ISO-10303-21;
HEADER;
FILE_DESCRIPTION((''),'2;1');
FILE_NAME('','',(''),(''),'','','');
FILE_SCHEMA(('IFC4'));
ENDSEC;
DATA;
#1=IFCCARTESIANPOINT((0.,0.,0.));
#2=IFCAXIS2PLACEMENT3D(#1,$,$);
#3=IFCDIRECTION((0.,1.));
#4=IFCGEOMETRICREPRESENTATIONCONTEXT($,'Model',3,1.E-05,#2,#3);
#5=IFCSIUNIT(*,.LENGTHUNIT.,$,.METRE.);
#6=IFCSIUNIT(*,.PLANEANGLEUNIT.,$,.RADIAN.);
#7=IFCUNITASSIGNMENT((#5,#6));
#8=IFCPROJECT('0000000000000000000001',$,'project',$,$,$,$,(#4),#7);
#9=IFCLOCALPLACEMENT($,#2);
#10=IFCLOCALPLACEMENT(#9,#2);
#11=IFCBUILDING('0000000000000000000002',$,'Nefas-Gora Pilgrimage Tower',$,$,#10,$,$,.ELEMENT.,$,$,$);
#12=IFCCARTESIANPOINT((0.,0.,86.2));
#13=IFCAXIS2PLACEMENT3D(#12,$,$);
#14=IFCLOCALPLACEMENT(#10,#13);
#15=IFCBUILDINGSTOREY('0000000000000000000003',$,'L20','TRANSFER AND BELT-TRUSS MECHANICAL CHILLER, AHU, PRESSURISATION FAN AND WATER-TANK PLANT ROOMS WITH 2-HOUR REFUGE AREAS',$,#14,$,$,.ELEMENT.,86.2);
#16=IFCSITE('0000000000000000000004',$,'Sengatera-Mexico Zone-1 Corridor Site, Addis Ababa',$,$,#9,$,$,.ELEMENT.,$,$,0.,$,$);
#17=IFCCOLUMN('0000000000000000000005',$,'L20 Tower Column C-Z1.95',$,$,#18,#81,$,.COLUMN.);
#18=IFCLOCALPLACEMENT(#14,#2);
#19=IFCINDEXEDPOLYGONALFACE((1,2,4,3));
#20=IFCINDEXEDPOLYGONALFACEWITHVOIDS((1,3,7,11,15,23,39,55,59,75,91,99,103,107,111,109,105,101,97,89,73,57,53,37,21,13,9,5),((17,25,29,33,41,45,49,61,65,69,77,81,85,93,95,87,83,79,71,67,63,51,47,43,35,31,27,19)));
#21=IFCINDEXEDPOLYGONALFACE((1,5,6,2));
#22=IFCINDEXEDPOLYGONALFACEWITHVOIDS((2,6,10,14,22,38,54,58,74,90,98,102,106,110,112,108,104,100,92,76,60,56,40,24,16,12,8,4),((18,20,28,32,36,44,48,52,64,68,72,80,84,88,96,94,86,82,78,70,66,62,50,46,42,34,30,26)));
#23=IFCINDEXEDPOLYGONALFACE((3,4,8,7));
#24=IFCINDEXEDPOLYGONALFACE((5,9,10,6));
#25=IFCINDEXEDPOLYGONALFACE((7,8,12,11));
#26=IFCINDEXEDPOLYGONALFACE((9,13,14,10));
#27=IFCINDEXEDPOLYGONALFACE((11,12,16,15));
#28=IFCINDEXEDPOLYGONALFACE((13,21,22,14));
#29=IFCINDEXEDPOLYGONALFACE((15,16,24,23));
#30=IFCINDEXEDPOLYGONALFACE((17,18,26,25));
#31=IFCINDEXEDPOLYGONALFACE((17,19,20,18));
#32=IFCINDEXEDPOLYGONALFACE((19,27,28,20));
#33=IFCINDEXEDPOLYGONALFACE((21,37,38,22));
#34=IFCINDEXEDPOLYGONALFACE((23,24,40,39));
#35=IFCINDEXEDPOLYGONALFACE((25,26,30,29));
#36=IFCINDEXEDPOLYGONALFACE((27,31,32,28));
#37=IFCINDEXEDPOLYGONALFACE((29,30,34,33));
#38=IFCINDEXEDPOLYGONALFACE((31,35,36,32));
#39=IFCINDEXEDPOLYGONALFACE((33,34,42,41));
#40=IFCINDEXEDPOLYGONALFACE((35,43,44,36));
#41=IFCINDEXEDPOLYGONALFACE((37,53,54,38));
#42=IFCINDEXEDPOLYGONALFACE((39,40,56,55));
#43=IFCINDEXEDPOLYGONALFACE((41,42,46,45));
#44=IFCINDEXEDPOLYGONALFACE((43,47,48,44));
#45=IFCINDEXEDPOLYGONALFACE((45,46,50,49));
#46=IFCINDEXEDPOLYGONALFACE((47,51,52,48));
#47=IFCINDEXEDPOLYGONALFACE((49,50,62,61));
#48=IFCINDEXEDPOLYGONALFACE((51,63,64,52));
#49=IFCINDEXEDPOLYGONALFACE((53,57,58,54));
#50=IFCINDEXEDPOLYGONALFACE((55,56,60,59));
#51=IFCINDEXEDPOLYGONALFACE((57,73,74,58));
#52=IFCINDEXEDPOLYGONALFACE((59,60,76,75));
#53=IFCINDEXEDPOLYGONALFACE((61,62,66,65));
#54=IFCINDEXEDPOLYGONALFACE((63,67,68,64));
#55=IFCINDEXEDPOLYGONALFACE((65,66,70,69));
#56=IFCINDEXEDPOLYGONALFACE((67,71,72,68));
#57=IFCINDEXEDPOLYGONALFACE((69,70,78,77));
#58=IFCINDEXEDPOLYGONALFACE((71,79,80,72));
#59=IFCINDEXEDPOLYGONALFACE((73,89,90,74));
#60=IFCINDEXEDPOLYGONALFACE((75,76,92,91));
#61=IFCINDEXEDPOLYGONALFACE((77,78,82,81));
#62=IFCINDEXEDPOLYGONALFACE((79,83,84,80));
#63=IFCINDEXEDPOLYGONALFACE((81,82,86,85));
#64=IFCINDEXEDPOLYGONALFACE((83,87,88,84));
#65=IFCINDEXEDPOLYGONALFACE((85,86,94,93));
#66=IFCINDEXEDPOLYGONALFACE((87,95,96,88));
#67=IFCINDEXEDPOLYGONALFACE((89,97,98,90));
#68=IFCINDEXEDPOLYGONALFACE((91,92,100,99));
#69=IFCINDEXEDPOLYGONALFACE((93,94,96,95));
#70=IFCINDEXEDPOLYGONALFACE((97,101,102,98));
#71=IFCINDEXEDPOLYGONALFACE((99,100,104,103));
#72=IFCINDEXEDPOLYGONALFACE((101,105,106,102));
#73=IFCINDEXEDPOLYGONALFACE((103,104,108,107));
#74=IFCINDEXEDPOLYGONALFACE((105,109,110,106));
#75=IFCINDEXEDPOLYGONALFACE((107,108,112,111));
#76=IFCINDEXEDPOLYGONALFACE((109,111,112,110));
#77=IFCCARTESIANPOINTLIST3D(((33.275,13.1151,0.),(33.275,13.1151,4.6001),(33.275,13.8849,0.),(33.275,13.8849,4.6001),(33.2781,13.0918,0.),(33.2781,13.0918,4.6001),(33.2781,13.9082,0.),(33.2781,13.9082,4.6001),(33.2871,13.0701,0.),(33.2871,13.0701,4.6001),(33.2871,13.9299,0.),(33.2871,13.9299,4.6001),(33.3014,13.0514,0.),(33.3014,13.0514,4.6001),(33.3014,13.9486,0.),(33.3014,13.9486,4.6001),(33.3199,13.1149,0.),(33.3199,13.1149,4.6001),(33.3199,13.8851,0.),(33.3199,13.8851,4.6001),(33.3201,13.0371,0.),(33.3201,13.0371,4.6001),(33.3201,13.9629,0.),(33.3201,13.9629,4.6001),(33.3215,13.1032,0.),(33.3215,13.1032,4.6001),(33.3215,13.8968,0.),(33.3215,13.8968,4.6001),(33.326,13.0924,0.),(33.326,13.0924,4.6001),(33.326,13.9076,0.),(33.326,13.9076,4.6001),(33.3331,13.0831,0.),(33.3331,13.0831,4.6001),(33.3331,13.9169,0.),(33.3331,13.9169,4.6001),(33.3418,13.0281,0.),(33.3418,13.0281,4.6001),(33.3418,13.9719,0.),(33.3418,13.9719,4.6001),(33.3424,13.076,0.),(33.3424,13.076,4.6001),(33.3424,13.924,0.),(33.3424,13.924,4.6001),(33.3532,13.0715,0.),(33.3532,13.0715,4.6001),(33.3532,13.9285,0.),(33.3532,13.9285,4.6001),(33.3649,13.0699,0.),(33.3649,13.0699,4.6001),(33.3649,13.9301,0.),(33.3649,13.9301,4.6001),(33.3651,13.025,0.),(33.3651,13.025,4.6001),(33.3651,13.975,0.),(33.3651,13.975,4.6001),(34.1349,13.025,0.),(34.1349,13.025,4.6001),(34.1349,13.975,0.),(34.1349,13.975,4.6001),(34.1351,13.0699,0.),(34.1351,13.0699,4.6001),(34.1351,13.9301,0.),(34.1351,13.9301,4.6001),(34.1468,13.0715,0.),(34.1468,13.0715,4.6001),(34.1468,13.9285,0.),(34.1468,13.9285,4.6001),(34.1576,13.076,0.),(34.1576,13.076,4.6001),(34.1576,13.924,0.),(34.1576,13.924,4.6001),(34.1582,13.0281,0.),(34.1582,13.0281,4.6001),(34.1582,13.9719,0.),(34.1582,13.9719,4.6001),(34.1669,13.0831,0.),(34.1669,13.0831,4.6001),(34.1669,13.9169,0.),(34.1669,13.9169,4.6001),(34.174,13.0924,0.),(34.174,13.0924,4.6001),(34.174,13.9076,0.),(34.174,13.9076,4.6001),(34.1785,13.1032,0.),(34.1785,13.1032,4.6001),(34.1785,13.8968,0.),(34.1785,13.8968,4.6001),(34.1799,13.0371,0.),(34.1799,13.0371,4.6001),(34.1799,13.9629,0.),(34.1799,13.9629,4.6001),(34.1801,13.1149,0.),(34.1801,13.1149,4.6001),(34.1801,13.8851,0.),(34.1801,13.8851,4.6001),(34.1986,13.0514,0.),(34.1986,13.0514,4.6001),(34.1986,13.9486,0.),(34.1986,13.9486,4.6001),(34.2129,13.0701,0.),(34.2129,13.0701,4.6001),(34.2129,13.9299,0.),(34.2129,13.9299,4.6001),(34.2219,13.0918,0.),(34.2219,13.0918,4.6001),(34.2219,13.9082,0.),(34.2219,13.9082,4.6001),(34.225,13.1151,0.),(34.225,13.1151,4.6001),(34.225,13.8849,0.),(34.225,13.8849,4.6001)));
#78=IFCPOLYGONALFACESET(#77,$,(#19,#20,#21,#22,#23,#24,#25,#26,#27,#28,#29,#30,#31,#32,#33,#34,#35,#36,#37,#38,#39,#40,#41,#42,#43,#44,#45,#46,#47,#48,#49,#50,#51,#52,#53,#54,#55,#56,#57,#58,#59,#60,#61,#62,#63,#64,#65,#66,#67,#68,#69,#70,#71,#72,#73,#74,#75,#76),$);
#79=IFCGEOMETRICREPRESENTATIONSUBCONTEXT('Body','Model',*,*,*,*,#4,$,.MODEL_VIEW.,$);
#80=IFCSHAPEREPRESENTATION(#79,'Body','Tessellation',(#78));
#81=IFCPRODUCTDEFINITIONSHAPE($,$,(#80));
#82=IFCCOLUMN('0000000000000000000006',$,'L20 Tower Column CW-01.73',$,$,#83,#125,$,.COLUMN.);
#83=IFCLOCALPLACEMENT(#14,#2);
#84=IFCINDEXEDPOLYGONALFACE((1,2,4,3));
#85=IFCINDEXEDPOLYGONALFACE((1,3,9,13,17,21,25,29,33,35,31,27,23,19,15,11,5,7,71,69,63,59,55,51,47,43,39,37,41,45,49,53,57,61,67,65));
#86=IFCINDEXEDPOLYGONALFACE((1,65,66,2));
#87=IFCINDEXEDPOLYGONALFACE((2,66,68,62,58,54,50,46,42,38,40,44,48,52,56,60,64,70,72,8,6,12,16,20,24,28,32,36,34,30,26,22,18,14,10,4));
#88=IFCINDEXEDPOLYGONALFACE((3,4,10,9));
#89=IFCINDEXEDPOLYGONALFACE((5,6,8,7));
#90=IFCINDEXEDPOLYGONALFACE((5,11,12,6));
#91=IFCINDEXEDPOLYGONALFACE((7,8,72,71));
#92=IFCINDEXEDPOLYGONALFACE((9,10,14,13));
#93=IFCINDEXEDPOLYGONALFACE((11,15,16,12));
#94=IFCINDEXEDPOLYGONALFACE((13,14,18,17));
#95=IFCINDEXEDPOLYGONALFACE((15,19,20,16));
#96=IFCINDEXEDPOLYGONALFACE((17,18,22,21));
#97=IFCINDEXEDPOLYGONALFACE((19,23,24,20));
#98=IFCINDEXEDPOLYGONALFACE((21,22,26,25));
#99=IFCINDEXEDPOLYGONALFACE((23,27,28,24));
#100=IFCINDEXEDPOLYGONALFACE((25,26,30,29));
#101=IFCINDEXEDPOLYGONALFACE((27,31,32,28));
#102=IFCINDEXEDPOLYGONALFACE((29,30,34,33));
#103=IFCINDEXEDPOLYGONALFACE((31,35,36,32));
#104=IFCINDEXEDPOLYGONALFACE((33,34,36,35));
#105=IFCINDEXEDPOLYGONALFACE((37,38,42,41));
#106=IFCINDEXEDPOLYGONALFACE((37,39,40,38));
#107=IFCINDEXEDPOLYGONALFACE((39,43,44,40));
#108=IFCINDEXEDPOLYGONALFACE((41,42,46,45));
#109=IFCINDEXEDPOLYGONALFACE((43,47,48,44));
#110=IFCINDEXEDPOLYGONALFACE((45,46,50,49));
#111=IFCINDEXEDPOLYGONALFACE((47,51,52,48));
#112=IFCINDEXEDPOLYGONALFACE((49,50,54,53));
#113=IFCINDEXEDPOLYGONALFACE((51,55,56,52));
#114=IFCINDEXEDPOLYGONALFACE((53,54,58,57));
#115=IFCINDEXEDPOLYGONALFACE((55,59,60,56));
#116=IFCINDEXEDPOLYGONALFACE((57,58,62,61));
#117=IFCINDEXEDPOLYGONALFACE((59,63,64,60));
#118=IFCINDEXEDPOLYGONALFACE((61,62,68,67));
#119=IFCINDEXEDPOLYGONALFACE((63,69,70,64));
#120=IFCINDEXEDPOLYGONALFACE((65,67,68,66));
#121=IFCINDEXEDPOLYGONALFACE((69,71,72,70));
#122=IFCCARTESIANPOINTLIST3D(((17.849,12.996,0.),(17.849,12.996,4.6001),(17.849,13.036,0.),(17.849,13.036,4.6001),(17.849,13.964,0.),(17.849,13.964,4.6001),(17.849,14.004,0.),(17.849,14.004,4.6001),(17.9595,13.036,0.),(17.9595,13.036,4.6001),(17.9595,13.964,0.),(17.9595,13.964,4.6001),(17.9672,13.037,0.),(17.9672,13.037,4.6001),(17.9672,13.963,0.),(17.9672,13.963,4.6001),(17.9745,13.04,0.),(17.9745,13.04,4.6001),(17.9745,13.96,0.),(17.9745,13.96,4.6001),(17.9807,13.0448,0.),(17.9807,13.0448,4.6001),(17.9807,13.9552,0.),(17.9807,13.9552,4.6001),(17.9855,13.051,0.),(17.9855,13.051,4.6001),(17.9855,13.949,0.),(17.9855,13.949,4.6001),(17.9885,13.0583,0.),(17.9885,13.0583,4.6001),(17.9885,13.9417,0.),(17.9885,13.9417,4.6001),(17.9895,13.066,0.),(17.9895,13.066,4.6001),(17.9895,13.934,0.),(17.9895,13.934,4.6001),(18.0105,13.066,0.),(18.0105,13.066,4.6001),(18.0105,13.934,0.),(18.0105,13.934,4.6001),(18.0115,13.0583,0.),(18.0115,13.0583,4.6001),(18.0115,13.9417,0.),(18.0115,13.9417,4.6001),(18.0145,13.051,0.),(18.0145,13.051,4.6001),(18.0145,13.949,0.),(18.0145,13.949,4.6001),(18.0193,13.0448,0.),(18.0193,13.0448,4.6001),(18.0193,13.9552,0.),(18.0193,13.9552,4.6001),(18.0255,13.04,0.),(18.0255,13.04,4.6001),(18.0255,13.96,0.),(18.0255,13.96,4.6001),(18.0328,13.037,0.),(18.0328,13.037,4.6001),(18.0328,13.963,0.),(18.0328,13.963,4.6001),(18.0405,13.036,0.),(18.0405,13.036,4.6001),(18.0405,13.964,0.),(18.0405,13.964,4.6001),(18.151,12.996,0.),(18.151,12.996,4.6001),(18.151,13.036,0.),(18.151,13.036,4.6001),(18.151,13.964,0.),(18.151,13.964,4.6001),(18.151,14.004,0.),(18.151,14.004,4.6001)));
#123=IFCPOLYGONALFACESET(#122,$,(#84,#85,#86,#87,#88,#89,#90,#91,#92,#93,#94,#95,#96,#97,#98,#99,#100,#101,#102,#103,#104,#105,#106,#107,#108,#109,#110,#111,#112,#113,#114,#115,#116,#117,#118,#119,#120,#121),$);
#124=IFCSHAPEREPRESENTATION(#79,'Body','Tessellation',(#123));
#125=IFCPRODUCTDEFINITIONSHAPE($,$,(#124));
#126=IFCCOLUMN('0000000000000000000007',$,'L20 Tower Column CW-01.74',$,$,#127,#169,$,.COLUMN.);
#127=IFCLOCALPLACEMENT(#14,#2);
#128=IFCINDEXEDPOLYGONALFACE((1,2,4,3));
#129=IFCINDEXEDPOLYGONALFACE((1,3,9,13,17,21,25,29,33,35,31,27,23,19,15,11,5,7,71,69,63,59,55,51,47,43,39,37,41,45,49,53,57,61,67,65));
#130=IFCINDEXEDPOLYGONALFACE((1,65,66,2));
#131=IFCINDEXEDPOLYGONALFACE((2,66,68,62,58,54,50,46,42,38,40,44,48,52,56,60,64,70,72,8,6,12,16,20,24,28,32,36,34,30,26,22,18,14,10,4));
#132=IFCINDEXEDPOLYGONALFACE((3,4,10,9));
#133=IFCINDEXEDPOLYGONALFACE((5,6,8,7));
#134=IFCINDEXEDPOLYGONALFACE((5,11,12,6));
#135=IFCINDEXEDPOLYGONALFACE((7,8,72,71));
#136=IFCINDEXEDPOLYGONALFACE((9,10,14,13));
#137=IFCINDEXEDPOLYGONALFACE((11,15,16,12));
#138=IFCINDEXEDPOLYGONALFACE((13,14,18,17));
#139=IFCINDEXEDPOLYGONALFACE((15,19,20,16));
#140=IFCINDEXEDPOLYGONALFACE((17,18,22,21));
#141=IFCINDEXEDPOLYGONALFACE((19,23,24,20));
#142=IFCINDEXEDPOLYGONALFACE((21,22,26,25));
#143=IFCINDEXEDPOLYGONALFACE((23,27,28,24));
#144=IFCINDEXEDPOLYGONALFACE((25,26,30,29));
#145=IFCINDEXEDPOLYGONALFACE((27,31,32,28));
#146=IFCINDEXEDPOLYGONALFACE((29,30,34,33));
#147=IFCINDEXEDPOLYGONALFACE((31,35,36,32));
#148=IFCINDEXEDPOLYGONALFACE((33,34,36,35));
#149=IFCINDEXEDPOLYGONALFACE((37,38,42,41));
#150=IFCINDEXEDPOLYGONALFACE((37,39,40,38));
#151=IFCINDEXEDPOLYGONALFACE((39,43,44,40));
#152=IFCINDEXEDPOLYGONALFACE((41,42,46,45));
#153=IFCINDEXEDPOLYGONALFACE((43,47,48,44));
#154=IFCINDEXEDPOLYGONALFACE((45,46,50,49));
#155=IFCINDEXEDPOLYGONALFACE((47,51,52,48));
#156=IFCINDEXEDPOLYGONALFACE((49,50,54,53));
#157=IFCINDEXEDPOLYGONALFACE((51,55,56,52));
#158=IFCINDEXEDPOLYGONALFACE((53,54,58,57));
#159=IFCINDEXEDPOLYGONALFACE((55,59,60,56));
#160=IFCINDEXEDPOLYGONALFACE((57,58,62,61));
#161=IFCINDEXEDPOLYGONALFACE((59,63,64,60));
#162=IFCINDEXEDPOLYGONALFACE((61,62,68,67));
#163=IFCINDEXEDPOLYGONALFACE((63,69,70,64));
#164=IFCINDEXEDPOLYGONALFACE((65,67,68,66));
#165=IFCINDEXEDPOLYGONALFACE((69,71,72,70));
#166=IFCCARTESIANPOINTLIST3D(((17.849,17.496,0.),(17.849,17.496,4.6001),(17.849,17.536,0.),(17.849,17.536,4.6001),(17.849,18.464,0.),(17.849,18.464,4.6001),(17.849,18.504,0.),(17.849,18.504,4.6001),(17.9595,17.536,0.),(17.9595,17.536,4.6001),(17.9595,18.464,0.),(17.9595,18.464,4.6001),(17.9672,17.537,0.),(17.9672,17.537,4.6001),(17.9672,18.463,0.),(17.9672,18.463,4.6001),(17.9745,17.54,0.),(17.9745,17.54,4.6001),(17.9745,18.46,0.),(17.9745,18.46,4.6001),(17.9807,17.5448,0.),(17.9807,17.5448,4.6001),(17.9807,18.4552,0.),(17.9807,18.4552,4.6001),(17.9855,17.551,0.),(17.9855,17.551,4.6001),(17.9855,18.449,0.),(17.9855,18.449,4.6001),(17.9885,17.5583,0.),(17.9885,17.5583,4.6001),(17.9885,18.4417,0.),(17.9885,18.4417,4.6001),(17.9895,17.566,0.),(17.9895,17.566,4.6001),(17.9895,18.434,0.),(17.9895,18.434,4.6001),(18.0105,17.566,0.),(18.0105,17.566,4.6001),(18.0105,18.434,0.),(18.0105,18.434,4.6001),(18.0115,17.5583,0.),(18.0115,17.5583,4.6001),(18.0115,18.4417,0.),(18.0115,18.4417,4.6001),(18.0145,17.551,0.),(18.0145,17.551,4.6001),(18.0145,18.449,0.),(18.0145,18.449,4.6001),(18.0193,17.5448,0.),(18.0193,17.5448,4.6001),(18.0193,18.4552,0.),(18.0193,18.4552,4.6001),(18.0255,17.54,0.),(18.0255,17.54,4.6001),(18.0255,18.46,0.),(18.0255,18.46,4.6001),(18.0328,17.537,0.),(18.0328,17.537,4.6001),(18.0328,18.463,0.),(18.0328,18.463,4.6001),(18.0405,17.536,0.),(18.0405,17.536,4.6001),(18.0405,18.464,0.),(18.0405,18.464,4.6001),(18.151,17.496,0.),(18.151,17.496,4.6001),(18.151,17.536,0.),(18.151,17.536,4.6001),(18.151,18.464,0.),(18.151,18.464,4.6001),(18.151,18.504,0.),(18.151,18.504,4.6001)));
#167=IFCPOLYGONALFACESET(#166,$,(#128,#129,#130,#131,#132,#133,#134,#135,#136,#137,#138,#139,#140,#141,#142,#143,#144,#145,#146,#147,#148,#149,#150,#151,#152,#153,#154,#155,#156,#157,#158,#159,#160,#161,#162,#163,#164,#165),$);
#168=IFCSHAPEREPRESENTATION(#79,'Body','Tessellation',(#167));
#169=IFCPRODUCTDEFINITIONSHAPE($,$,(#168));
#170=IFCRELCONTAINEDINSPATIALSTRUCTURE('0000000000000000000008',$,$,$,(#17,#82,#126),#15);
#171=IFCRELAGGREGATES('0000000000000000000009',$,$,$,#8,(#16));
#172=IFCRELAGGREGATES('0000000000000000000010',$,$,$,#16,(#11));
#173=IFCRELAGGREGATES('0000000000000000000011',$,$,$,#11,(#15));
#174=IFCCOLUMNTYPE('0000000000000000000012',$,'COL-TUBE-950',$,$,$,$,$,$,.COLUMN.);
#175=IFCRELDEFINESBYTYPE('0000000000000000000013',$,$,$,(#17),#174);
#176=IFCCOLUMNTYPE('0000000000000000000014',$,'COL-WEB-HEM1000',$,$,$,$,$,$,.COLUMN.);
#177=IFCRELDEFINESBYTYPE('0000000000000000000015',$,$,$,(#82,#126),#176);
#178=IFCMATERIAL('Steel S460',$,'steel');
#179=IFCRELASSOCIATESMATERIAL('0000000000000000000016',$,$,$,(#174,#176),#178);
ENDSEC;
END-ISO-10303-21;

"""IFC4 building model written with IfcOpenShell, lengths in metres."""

from ifc_helpers import new_model, si_unit, direction, frame, origin, origin_2d, place, context, subcontext, project, spatial, hollow_rectangle, i_section, extrude, source, transform, mapped, material, material_profile, profile_set, type_object, element, save


model = new_model("IFC4")

# Units and contexts
model_context = context("Model", 3, precision=1e-05, world=origin(), true_north=direction((0.0, 1.0)))
body_context = subcontext(model_context, "Body", "Model", "MODEL_VIEW")
ifc_project = project(units=[si_unit("LENGTHUNIT", "METRE"), si_unit("PLANEANGLEUNIT", "RADIAN")], contexts=[model_context])

# Site, building, storey
site_placement = place(None, origin())
site = spatial("IfcSite", under=ifc_project, at=site_placement, Name="Sengatera-Mexico Zone-1 Corridor Site, Addis Ababa", CompositionType="ELEMENT", RefElevation=0.0)
building_placement = place(site_placement, origin())
building = spatial("IfcBuilding", under=site, at=building_placement, Name="Nefas-Gora Pilgrimage Tower", CompositionType="ELEMENT")
storey_placement = place(building_placement, frame((0.0, 0.0, 86.2)))
storey = spatial("IfcBuildingStorey", under=building, at=storey_placement, Name="L20", Description="TRANSFER AND BELT-TRUSS MECHANICAL CHILLER, AHU, PRESSURISATION FAN AND WATER-TANK PLANT ROOMS WITH 2-HOUR REFUGE AREAS", CompositionType="ELEMENT", Elevation=86.2)

# Columns
ifc_material_1 = material(Name="Steel S460", Category="steel")
ifc_material_profile_1 = material_profile(ifc_material_1, hollow_rectangle(XDim=0.95, YDim=0.95, WallThickness=0.0449, InnerFilletRadius=0.0449, OuterFilletRadius=0.0901, at=origin_2d()), Name="BOX 950x950x45")
ifc_profile_set_1 = profile_set([ifc_material_profile_1], Name="Steel S460")
column_type_1 = type_object("IfcColumnType", Name="COL-TUBE-950", PredefinedType="COLUMN", material=ifc_profile_set_1)
shared_shape_1 = source(origin(), body_context, "Body", "SweptSolid", [
    extrude(hollow_rectangle(XDim=0.95, YDim=0.95, WallThickness=0.0449, InnerFilletRadius=0.0449, OuterFilletRadius=0.0901, at=origin_2d()), origin(), (0.0, 0.0, 1.0), 4.6001),
])
for number, where, z_axis, x_axis, name in (
    (1, (33.75, 13.5, 0.0), (0.0, 0.0, 1.0), (1.0, 0.0, 0.0), "L20 Tower Column C-Z1.95"),
):
    element("IfcColumn", number, at=place(storey_placement, frame(where, z_axis=z_axis, x_axis=x_axis)), inside=storey, type_object=column_type_1, Name=name, PredefinedType="COLUMN", context=body_context, shape_type="MappedRepresentation", body=[
        mapped(shared_shape_1, transform((0.0, 0.0, 0.0), x_axis=(1.0, 0.0, 0.0), y_axis=(0.0, 1.0, 0.0), z_axis=(0.0, 0.0, 1.0), scale=1.0)),
    ])
ifc_material_profile_2 = material_profile(ifc_material_1, i_section(OverallWidth=0.302, OverallDepth=1.0081, WebThickness=0.021, FlangeThickness=0.04, FilletRadius=0.03, at=origin_2d()), Name="HEM 1000")
ifc_profile_set_2 = profile_set([ifc_material_profile_2], Name="Steel S460")
column_type_2 = type_object("IfcColumnType", Name="COL-WEB-HEM1000", PredefinedType="COLUMN", material=ifc_profile_set_2)
shared_shape_2 = source(origin(), body_context, "Body", "SweptSolid", [
    extrude(i_section(OverallWidth=0.302, OverallDepth=1.0081, WebThickness=0.021, FlangeThickness=0.04, FilletRadius=0.03, at=origin_2d()), origin(), (0.0, 0.0, 1.0), 4.6001),
])
for number, where, z_axis, x_axis, name in (
    (2, (18.0, 13.5, 0.0), (0.0, 0.0, 1.0), (1.0, 0.0, 0.0), "L20 Tower Column CW-01.73"),
    (3, (18.0, 18.0, 0.0), (0.0, 0.0, 1.0), (1.0, 0.0, 0.0), "L20 Tower Column CW-01.74"),
):
    element("IfcColumn", number, at=place(storey_placement, frame(where, z_axis=z_axis, x_axis=x_axis)), inside=storey, type_object=column_type_2, Name=name, PredefinedType="COLUMN", context=body_context, shape_type="MappedRepresentation", body=[
        mapped(shared_shape_2, transform((0.0, 0.0, 0.0), x_axis=(1.0, 0.0, 0.0), y_axis=(0.0, 1.0, 0.0), z_axis=(0.0, 0.0, 1.0), scale=1.0)),
    ])

save(model, "model.ifc")
